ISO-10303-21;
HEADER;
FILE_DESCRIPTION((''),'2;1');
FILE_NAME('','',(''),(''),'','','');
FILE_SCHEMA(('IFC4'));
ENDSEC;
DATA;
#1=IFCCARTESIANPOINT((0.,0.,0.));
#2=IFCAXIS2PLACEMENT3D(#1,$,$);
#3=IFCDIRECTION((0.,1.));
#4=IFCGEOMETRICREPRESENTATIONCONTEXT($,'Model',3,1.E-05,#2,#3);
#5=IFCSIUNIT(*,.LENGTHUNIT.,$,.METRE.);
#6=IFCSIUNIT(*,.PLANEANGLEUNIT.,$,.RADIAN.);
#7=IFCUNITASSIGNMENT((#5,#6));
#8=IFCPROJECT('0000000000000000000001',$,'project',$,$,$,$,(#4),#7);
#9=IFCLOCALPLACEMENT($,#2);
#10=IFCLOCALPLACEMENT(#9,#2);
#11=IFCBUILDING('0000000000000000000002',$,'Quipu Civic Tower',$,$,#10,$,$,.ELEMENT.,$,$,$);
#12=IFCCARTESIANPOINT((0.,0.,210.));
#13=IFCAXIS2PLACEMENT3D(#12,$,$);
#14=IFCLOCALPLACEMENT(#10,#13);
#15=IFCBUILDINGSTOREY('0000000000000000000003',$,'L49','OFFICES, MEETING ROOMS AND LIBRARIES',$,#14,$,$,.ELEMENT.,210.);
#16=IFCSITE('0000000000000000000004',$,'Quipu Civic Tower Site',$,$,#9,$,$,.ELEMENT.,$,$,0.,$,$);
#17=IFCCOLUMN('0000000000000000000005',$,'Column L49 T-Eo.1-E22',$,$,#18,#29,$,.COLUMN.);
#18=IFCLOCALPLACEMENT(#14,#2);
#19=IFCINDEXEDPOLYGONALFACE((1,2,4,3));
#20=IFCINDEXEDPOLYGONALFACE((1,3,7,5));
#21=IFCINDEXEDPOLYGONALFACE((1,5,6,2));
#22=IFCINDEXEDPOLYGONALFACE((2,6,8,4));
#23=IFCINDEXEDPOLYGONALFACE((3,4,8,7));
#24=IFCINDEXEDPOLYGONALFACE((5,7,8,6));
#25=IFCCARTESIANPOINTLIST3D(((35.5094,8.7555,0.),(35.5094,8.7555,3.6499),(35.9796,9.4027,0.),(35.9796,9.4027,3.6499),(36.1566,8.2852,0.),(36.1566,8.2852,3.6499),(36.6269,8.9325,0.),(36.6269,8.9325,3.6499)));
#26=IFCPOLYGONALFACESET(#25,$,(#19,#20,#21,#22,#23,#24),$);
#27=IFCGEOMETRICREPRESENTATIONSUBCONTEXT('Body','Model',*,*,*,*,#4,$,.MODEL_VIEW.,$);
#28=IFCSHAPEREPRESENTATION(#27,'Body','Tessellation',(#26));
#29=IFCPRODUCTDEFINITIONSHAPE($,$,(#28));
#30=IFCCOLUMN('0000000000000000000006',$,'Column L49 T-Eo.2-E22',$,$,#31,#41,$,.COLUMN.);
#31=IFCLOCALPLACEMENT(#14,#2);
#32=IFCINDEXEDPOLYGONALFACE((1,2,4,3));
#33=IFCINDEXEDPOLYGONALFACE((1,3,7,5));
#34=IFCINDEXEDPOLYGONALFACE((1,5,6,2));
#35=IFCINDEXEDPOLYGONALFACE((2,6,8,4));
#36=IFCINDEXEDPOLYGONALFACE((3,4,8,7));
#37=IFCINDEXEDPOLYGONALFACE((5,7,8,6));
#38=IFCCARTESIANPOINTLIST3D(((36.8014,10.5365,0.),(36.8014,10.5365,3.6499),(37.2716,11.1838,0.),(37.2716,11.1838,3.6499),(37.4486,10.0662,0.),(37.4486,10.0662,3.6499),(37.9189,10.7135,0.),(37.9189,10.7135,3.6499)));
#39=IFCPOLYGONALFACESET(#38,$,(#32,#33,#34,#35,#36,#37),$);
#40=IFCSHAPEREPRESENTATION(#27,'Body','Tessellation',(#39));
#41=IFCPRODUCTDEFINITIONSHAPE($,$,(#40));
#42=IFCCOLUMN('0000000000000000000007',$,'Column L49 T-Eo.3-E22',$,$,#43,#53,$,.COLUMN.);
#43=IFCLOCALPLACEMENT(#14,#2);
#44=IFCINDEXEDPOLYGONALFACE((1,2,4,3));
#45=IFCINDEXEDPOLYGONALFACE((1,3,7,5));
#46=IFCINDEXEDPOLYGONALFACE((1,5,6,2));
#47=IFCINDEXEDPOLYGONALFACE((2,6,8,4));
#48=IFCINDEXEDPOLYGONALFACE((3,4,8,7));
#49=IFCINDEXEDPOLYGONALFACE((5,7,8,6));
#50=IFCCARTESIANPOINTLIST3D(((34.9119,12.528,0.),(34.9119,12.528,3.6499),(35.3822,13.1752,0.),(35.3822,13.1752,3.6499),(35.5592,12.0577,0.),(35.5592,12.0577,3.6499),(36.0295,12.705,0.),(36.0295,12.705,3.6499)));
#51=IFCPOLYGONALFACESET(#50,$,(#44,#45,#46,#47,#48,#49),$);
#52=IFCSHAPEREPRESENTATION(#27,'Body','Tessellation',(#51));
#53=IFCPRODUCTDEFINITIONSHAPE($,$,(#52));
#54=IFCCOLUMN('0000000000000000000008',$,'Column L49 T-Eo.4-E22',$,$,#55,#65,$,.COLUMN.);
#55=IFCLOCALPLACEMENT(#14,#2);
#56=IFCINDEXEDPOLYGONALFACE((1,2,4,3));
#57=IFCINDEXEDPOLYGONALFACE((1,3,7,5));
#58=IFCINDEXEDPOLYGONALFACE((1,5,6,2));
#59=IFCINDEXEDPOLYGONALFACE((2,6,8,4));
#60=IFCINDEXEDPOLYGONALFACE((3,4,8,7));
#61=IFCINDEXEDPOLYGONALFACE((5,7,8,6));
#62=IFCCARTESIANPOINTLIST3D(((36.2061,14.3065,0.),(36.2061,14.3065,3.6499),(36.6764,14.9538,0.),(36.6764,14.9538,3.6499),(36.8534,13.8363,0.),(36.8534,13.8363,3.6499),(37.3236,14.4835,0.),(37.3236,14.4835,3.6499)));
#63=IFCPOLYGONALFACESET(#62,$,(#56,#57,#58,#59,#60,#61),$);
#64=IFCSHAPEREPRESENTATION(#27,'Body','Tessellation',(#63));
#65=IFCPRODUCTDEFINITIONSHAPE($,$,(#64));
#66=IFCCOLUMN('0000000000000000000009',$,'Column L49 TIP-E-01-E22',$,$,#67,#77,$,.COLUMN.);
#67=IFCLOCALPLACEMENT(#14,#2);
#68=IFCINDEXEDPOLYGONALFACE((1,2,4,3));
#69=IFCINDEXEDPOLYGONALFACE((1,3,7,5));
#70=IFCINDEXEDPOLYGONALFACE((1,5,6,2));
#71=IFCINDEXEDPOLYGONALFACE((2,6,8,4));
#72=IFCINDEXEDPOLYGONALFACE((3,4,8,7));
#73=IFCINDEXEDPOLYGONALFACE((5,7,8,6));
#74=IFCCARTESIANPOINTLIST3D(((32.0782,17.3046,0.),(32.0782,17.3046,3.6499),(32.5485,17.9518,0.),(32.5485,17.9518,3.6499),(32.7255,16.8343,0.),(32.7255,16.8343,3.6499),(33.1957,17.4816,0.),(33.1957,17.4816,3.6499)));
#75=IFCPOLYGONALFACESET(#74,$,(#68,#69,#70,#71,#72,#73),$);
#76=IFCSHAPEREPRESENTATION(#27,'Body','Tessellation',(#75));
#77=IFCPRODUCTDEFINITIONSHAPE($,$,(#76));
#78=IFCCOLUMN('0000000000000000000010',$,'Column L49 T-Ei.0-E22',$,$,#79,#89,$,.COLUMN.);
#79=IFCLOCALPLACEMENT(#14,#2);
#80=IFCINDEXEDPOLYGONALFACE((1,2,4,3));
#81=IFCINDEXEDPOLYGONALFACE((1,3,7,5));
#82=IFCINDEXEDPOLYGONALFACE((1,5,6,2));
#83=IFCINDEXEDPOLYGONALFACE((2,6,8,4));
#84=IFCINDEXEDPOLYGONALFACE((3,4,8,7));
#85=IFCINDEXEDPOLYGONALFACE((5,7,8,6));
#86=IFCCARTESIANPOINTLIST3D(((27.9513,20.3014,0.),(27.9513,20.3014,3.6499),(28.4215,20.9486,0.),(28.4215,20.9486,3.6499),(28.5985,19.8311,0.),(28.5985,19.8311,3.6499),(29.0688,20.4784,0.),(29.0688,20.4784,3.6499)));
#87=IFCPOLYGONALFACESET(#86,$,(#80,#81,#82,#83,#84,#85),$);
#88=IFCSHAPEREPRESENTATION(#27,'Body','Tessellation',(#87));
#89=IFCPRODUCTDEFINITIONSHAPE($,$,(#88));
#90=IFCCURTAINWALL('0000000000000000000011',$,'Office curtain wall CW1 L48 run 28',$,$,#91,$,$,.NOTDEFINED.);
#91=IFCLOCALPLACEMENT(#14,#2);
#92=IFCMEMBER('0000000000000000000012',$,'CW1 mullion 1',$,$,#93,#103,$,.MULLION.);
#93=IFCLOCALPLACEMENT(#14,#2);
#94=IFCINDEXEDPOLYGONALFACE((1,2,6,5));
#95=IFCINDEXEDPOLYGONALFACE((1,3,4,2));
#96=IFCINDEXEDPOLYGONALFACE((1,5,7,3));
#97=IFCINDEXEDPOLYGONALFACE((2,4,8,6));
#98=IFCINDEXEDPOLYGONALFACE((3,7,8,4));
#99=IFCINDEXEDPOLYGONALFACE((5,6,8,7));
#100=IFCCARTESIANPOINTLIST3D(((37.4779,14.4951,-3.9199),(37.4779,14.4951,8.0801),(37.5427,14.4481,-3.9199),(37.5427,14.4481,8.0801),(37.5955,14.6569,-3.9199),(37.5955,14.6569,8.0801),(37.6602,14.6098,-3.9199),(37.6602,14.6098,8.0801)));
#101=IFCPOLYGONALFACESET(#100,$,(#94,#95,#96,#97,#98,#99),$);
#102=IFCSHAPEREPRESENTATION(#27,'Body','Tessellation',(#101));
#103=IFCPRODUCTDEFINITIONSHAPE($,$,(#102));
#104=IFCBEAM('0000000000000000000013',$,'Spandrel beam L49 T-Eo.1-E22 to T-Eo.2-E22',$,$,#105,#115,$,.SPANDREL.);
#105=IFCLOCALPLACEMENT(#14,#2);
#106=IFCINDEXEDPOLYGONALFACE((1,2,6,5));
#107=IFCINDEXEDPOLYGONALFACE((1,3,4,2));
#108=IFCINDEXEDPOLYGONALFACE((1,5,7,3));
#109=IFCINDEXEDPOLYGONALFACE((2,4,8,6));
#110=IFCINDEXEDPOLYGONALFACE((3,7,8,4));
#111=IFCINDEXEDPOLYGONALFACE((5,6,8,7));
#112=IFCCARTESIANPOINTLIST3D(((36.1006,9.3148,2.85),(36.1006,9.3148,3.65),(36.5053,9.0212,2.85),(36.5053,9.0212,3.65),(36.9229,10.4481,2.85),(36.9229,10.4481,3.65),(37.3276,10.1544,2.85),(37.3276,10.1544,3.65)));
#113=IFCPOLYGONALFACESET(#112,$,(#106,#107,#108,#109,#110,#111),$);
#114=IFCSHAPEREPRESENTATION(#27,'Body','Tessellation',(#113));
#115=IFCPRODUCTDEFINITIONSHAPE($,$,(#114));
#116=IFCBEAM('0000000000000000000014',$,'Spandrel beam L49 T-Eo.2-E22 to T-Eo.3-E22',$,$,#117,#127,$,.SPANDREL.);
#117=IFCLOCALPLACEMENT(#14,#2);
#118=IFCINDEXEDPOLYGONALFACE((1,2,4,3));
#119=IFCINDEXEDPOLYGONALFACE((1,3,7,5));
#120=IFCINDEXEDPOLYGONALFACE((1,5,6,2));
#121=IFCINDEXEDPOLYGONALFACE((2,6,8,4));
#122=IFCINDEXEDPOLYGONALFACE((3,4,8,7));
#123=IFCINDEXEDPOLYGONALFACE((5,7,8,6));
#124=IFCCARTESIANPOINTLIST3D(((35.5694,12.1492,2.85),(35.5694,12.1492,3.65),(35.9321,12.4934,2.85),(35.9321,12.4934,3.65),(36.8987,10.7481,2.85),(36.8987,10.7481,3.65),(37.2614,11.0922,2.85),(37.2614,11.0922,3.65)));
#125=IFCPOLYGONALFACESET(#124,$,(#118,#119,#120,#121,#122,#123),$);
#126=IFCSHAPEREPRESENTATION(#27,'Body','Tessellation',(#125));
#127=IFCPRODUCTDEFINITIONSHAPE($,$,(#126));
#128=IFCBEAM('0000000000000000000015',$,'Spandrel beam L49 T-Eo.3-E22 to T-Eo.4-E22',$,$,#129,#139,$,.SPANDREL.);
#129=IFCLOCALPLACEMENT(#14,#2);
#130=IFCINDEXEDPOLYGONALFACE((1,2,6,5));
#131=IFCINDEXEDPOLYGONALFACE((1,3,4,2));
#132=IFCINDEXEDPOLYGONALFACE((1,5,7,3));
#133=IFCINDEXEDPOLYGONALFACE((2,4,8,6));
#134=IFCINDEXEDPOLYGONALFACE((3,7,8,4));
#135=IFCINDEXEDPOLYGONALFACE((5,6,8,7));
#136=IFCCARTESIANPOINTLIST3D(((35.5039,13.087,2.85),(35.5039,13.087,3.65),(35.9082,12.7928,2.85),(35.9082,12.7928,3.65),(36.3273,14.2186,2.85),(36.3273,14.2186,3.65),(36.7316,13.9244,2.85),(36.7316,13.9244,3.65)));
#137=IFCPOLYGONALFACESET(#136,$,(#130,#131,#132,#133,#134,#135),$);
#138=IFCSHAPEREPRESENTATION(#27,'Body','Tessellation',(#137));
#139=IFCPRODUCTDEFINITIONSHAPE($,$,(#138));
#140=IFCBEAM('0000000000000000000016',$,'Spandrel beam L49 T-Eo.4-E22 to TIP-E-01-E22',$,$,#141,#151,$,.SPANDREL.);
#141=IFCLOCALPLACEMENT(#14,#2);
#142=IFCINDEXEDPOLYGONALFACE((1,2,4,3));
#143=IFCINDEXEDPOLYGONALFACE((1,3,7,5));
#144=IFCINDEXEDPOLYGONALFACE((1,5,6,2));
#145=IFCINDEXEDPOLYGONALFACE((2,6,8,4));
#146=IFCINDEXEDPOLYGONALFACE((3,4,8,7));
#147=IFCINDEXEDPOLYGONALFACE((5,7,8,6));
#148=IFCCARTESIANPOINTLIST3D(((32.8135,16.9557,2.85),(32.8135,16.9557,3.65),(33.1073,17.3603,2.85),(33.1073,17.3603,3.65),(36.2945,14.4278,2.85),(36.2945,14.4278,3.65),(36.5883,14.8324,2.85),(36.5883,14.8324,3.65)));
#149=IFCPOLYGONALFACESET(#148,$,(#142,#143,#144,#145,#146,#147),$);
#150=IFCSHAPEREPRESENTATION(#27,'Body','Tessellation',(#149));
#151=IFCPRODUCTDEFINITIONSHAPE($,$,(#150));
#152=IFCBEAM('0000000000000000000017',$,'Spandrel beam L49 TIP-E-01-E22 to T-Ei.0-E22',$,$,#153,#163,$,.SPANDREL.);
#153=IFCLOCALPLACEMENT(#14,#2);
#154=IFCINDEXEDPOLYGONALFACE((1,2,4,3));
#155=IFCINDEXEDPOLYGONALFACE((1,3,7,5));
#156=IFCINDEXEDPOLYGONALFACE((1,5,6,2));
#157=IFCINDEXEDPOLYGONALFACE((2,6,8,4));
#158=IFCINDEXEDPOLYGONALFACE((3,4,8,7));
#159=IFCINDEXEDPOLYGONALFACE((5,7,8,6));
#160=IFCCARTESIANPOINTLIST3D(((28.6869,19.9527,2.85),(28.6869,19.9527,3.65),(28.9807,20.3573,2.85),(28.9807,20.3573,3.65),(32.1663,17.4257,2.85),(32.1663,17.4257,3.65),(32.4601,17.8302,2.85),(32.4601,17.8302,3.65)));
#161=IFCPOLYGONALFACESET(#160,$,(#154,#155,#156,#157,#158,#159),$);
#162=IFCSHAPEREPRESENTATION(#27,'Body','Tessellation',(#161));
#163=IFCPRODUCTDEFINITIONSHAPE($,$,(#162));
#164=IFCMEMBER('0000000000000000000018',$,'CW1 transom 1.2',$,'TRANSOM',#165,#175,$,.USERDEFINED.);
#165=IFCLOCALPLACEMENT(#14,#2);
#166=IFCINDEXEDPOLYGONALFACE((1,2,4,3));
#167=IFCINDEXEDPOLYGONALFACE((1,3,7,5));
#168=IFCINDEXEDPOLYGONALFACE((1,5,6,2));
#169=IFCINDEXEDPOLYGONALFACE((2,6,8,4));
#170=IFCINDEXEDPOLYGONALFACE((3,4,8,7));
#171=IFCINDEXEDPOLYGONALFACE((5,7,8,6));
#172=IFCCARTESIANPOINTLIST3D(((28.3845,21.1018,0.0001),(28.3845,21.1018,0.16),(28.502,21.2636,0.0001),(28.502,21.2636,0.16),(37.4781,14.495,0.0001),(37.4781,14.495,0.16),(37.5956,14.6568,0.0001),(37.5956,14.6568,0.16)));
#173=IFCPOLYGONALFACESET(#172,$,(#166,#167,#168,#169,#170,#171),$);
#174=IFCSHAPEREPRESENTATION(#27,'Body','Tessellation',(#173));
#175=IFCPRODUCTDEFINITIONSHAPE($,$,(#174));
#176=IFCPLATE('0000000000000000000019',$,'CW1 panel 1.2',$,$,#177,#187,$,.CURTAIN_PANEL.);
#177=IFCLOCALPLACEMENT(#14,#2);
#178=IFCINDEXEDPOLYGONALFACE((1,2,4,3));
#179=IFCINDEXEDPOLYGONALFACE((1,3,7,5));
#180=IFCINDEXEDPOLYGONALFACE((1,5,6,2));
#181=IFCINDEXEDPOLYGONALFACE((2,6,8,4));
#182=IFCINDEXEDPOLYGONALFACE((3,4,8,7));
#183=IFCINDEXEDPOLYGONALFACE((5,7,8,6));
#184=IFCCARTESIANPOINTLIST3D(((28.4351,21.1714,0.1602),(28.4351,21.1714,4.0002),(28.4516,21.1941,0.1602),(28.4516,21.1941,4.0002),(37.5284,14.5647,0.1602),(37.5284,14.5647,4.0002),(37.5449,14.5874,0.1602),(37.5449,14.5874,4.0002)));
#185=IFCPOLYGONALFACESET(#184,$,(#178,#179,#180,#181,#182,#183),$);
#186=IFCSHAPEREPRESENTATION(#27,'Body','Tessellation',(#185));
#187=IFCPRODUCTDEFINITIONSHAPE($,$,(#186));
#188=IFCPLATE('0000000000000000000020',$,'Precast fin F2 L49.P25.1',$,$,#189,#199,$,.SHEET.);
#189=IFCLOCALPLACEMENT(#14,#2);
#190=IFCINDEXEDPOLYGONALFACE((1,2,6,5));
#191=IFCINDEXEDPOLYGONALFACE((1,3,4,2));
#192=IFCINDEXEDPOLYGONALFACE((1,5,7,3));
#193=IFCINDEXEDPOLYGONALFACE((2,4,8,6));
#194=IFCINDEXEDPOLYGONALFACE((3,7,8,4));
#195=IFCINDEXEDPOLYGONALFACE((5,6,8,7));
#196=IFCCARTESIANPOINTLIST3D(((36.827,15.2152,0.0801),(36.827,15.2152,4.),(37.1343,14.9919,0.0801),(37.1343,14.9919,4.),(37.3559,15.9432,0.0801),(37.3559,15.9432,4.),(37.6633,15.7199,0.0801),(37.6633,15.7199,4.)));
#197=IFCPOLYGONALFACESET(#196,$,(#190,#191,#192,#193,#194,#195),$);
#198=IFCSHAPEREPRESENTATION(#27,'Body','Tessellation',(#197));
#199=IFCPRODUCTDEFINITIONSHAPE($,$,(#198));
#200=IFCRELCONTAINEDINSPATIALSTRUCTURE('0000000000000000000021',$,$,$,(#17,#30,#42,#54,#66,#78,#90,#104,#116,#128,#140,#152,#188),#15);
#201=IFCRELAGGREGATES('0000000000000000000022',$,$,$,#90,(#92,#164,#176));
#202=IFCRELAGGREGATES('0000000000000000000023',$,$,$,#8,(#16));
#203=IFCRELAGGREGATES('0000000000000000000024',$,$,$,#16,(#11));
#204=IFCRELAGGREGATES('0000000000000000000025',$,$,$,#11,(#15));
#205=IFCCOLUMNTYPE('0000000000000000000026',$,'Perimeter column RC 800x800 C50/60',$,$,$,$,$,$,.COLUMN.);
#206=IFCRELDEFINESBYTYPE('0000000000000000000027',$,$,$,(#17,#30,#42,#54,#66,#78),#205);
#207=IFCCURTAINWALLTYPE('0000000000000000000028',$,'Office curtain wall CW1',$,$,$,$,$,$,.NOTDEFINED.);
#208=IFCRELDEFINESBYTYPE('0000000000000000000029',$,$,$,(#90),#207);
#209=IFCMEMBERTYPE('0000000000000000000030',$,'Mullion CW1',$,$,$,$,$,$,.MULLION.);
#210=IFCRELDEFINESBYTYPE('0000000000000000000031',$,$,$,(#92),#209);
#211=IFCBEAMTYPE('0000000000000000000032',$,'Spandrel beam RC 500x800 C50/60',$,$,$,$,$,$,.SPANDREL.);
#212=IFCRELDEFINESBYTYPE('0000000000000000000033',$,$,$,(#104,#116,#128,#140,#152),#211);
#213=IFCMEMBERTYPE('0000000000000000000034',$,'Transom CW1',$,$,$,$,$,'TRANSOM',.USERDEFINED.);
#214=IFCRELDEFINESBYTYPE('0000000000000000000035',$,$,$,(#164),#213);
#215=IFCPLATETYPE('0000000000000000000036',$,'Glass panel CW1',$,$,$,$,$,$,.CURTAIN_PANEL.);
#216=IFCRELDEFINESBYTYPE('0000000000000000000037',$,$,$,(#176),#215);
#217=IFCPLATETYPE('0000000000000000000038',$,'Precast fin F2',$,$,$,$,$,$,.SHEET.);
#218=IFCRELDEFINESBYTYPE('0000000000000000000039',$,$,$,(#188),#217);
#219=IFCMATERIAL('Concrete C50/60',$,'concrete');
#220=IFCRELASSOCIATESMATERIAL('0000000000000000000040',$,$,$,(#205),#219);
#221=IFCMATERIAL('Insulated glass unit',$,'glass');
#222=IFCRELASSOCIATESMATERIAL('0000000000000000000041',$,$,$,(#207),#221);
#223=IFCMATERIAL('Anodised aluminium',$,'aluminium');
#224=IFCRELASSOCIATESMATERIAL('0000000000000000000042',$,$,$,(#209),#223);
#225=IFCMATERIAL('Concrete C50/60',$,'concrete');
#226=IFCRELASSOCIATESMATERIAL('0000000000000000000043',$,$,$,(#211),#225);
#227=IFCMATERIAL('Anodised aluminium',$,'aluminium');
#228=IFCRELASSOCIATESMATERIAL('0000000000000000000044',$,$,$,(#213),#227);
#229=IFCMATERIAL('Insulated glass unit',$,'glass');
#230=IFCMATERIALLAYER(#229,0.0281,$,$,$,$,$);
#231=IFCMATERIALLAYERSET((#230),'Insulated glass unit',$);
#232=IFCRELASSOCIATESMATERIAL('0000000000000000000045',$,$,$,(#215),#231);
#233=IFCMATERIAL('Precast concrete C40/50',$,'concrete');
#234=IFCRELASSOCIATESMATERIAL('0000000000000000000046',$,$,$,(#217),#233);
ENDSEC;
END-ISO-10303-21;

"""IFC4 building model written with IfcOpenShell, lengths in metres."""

from ifc_helpers import new_model, si_unit, direction, frame, origin, origin_2d, place, context, subcontext, project, spatial, rectangle, extrude, material, layer, layer_set, material_profile, profile_set, type_object, element, aggregate, save


model = new_model("IFC4")

# Units and contexts
model_context = context("Model", 3, precision=1e-05, world=origin(), true_north=direction((0.0, 1.0)))
body_context = subcontext(model_context, "Body", "Model", "MODEL_VIEW")
ifc_project = project(units=[si_unit("LENGTHUNIT", "METRE"), si_unit("PLANEANGLEUNIT", "RADIAN")], contexts=[model_context])

# Site, building, storey
site_placement = place(None, origin())
site = spatial("IfcSite", under=ifc_project, at=site_placement, Name="Quipu Civic Tower Site", CompositionType="ELEMENT", RefElevation=0.0)
building_placement = place(site_placement, origin())
building = spatial("IfcBuilding", under=site, at=building_placement, Name="Quipu Civic Tower", CompositionType="ELEMENT")
storey_placement = place(building_placement, frame((0.0, 0.0, 210.0)))
storey = spatial("IfcBuildingStorey", under=building, at=storey_placement, Name="L49", Description="OFFICES, MEETING ROOMS AND LIBRARIES", CompositionType="ELEMENT", Elevation=210.0)

# Columns
ifc_material_1 = material(Name="Concrete C50/60", Category="concrete")
ifc_material_profile_1 = material_profile(ifc_material_1, rectangle(XDim=0.8, YDim=0.8, at=origin_2d()), Name="RC800x800")
ifc_profile_set_1 = profile_set([ifc_material_profile_1], Name="Concrete C50/60")
column_type = type_object("IfcColumnType", Name="Perimeter column RC 800x800 C50/60", PredefinedType="COLUMN", material=ifc_profile_set_1)
for number, where, z_axis, x_axis, name in (
    (1, (36.0681, 8.844, 0.0), (0.0, 0.0, 1.0), (0.587785, 0.809017, 0.0), "Column L49 T-Eo.1-E22"),
    (2, (37.3601, 10.625, 0.0), (0.0, 0.0, 1.0), (0.587785, 0.809017, 0.0), "Column L49 T-Eo.2-E22"),
    (3, (35.4707, 12.6165, 0.0), (0.0, 0.0, 1.0), (-0.809017, 0.587785, 0.0), "Column L49 T-Eo.3-E22"),
    (4, (36.7649, 14.395, 0.0), (0.0, 0.0, 1.0), (-0.809017, 0.587785, 0.0), "Column L49 T-Eo.4-E22"),
    (5, (32.637, 17.3931, 0.0), (0.0, 0.0, 1.0), (-0.809017, 0.587785, 0.0), "Column L49 TIP-E-01-E22"),
    (6, (28.51, 20.3899, 0.0), (0.0, 0.0, 1.0), (-0.587785, -0.809017, 0.0), "Column L49 T-Ei.0-E22"),
):
    element("IfcColumn", number, at=place(storey_placement, frame(where, z_axis=z_axis, x_axis=x_axis)), inside=storey, type_object=column_type, Name=name, PredefinedType="COLUMN", context=body_context, shape_type="SweptSolid", body=[
        extrude(rectangle(XDim=0.8, YDim=0.8, at=origin_2d()), origin(), (0.0, 0.0, 1.0), 3.6499),
    ])

# Curtain wall, member
ifc_material_2 = material(Name="Insulated glass unit", Category="glass")
curtain_wall_type = type_object("IfcCurtainWallType", Name="Office curtain wall CW1", PredefinedType="NOTDEFINED", material=ifc_material_2)
curtain_wall_placement = place(storey_placement, origin())
curtain_wall = element("IfcCurtainWall", 7, at=curtain_wall_placement, inside=storey, type_object=curtain_wall_type, Name="Office curtain wall CW1 L48 run 28", PredefinedType="NOTDEFINED")
ifc_material_3 = material(Name="Anodised aluminium", Category="aluminium")
ifc_material_profile_2 = material_profile(ifc_material_3, rectangle(XDim=0.2, YDim=0.0801, at=origin_2d()), Name="RECT 200x80")
ifc_profile_set_2 = profile_set([ifc_material_profile_2], Name="Anodised aluminium")
member_type_1 = type_object("IfcMemberType", Name="Mullion CW1", PredefinedType="MULLION", material=ifc_profile_set_2)
member_1_placement = place(storey_placement, frame((37.5691, 14.5525, -3.9199), z_axis=(0.0, 0.0, 1.0), x_axis=(-0.587788, -0.809015, 0.0)))
member_1 = element("IfcMember", 8, at=member_1_placement, type_object=member_type_1, Name="CW1 mullion 1", PredefinedType="MULLION", context=body_context, shape_type="SweptSolid", body=[
    extrude(rectangle(XDim=0.2, YDim=0.0801, at=origin_2d()), origin(), (0.0, 0.0, 1.0), 12.0),
])

# Beams
ifc_material_4 = material(Name="Concrete C50/60", Category="concrete")
ifc_material_profile_3 = material_profile(ifc_material_4, rectangle(XDim=0.5, YDim=0.8, at=origin_2d()), Name="RC500x800")
ifc_profile_set_3 = profile_set([ifc_material_profile_3], Name="Concrete C50/60")
beam_type = type_object("IfcBeamType", Name="Spandrel beam RC 500x800 C50/60", PredefinedType="SPANDREL", material=ifc_profile_set_3)
beam_1_placement = place(storey_placement, frame((36.303, 9.168, 3.25), z_axis=(0.587259, 0.809399, 0.0), x_axis=(-0.809399, 0.587259, 0.0)))
element("IfcBeam", 9, at=beam_1_placement, inside=storey, type_object=beam_type, Name="Spandrel beam L49 T-Eo.1-E22 to T-Eo.2-E22", PredefinedType="SPANDREL", context=body_context, shape_type="SweptSolid", body=[
    extrude(rectangle(XDim=0.5, YDim=0.8, at=origin_2d()), origin(), (0.0, 0.0, 1.0), 1.4001),
])
beam_2_placement = place(storey_placement, frame((37.0801, 10.9202, 3.25), z_axis=(-0.688281, 0.725444, 0.0), x_axis=(-0.725444, -0.688281, 0.0)))
element("IfcBeam", 10, at=beam_2_placement, inside=storey, type_object=beam_type, Name="Spandrel beam L49 T-Eo.2-E22 to T-Eo.3-E22", PredefinedType="SPANDREL", context=body_context, shape_type="SweptSolid", body=[
    extrude(rectangle(XDim=0.5, YDim=0.8, at=origin_2d()), origin(), (0.0, 0.0, 1.0), 1.9314),
])
beam_3_placement = place(storey_placement, frame((35.7061, 12.9399, 3.25), z_axis=(0.58841, 0.808563, 0.0), x_axis=(-0.808563, 0.58841, 0.0)))
element("IfcBeam", 11, at=beam_3_placement, inside=storey, type_object=beam_type, Name="Spandrel beam L49 T-Eo.3-E22 to T-Eo.4-E22", PredefinedType="SPANDREL", context=body_context, shape_type="SweptSolid", body=[
    extrude(rectangle(XDim=0.5, YDim=0.8, at=origin_2d()), origin(), (0.0, 0.0, 1.0), 1.3994),
])
beam_4_placement = place(storey_placement, frame((36.4414, 14.6301, 3.25), z_axis=(-0.809153, 0.587598, 0.0), x_axis=(-0.587598, -0.809153, 0.0)))
element("IfcBeam", 12, at=beam_4_placement, inside=storey, type_object=beam_type, Name="Spandrel beam L49 T-Eo.4-E22 to TIP-E-01-E22", PredefinedType="SPANDREL", context=body_context, shape_type="SweptSolid", body=[
    extrude(rectangle(XDim=0.5, YDim=0.8, at=origin_2d()), origin(), (0.0, 0.0, 1.0), 4.302),
])
beam_5_placement = place(storey_placement, frame((32.3132, 17.6279, 3.25), z_axis=(-0.809116, 0.587648, 0.0), x_axis=(-0.587648, -0.809116, 0.0)))
element("IfcBeam", 13, at=beam_5_placement, inside=storey, type_object=beam_type, Name="Spandrel beam L49 TIP-E-01-E22 to T-Ei.0-E22", PredefinedType="SPANDREL", context=body_context, shape_type="SweptSolid", body=[
    extrude(rectangle(XDim=0.5, YDim=0.8, at=origin_2d()), origin(), (0.0, 0.0, 1.0), 4.3003),
])

# Member
ifc_material_5 = material(Name="Anodised aluminium", Category="aluminium")
ifc_material_profile_4 = material_profile(ifc_material_5, rectangle(XDim=0.2, YDim=0.1599, at=origin_2d()), Name="RECT 200x160")
ifc_profile_set_4 = profile_set([ifc_material_profile_4], Name="Anodised aluminium")
member_type_2 = type_object("IfcMemberType", Name="Transom CW1", ElementType="TRANSOM", PredefinedType="USERDEFINED", material=ifc_profile_set_4)
member_2_placement = place(storey_placement, frame((37.5369, 14.5759, 0.0801), z_axis=(-0.809022, 0.587778, 0.0), x_axis=(-0.587778, -0.809022, 0.0)))
member_2 = element("IfcMember", 14, at=member_2_placement, type_object=member_type_2, Name="CW1 transom 1.2", ObjectType="TRANSOM", PredefinedType="USERDEFINED", context=body_context, shape_type="SweptSolid", body=[
    extrude(rectangle(XDim=0.2, YDim=0.1599, at=origin_2d()), origin(), (0.0, 0.0, 1.0), 11.2402),
])

# Plate
ifc_material_6 = material(Name="Insulated glass unit", Category="glass")
ifc_layer_1 = layer(ifc_material_6, 0.0281)
ifc_layer_set_1 = layer_set([ifc_layer_1], Name="Insulated glass unit")
plate_type_1 = type_object("IfcPlateType", Name="Glass panel CW1", PredefinedType="CURTAIN_PANEL", material=ifc_layer_set_1)
plate_placement = place(storey_placement, frame((32.99, 17.8794, 0.1602), z_axis=(0.0, 0.0, 1.0), x_axis=(-0.809015, 0.587788, 0.0)))
plate = element("IfcPlate", 15, at=plate_placement, type_object=plate_type_1, Name="CW1 panel 1.2", PredefinedType="CURTAIN_PANEL", context=body_context, shape_type="SweptSolid", body=[
    extrude(rectangle(XDim=11.24, YDim=0.0281, at=origin_2d()), origin(), (0.0, 0.0, 1.0), 3.8401),
])
aggregate(curtain_wall, [member_1, member_2, plate])

# Plate
ifc_material_7 = material(Name="Precast concrete C40/50", Category="concrete")
plate_type_2 = type_object("IfcPlateType", Name="Precast fin F2", PredefinedType="SHEET", material=ifc_material_7)
for number, where, z_axis, x_axis, name in (
    (16, (37.2451, 15.4675, 0.0801), (0.0, 0.0, 1.0), (-0.809017, 0.587785, 0.0), "Precast fin F2 L49.P25.1"),
):
    element("IfcPlate", number, at=place(storey_placement, frame(where, z_axis=z_axis, x_axis=x_axis)), inside=storey, type_object=plate_type_2, Name=name, PredefinedType="SHEET", context=body_context, shape_type="SweptSolid", body=[
        extrude(rectangle(XDim=0.3799, YDim=0.8999, at=origin_2d()), origin(), (0.0, 0.0, 1.0), 3.9199),
    ])

save(model, "model.ifc")
